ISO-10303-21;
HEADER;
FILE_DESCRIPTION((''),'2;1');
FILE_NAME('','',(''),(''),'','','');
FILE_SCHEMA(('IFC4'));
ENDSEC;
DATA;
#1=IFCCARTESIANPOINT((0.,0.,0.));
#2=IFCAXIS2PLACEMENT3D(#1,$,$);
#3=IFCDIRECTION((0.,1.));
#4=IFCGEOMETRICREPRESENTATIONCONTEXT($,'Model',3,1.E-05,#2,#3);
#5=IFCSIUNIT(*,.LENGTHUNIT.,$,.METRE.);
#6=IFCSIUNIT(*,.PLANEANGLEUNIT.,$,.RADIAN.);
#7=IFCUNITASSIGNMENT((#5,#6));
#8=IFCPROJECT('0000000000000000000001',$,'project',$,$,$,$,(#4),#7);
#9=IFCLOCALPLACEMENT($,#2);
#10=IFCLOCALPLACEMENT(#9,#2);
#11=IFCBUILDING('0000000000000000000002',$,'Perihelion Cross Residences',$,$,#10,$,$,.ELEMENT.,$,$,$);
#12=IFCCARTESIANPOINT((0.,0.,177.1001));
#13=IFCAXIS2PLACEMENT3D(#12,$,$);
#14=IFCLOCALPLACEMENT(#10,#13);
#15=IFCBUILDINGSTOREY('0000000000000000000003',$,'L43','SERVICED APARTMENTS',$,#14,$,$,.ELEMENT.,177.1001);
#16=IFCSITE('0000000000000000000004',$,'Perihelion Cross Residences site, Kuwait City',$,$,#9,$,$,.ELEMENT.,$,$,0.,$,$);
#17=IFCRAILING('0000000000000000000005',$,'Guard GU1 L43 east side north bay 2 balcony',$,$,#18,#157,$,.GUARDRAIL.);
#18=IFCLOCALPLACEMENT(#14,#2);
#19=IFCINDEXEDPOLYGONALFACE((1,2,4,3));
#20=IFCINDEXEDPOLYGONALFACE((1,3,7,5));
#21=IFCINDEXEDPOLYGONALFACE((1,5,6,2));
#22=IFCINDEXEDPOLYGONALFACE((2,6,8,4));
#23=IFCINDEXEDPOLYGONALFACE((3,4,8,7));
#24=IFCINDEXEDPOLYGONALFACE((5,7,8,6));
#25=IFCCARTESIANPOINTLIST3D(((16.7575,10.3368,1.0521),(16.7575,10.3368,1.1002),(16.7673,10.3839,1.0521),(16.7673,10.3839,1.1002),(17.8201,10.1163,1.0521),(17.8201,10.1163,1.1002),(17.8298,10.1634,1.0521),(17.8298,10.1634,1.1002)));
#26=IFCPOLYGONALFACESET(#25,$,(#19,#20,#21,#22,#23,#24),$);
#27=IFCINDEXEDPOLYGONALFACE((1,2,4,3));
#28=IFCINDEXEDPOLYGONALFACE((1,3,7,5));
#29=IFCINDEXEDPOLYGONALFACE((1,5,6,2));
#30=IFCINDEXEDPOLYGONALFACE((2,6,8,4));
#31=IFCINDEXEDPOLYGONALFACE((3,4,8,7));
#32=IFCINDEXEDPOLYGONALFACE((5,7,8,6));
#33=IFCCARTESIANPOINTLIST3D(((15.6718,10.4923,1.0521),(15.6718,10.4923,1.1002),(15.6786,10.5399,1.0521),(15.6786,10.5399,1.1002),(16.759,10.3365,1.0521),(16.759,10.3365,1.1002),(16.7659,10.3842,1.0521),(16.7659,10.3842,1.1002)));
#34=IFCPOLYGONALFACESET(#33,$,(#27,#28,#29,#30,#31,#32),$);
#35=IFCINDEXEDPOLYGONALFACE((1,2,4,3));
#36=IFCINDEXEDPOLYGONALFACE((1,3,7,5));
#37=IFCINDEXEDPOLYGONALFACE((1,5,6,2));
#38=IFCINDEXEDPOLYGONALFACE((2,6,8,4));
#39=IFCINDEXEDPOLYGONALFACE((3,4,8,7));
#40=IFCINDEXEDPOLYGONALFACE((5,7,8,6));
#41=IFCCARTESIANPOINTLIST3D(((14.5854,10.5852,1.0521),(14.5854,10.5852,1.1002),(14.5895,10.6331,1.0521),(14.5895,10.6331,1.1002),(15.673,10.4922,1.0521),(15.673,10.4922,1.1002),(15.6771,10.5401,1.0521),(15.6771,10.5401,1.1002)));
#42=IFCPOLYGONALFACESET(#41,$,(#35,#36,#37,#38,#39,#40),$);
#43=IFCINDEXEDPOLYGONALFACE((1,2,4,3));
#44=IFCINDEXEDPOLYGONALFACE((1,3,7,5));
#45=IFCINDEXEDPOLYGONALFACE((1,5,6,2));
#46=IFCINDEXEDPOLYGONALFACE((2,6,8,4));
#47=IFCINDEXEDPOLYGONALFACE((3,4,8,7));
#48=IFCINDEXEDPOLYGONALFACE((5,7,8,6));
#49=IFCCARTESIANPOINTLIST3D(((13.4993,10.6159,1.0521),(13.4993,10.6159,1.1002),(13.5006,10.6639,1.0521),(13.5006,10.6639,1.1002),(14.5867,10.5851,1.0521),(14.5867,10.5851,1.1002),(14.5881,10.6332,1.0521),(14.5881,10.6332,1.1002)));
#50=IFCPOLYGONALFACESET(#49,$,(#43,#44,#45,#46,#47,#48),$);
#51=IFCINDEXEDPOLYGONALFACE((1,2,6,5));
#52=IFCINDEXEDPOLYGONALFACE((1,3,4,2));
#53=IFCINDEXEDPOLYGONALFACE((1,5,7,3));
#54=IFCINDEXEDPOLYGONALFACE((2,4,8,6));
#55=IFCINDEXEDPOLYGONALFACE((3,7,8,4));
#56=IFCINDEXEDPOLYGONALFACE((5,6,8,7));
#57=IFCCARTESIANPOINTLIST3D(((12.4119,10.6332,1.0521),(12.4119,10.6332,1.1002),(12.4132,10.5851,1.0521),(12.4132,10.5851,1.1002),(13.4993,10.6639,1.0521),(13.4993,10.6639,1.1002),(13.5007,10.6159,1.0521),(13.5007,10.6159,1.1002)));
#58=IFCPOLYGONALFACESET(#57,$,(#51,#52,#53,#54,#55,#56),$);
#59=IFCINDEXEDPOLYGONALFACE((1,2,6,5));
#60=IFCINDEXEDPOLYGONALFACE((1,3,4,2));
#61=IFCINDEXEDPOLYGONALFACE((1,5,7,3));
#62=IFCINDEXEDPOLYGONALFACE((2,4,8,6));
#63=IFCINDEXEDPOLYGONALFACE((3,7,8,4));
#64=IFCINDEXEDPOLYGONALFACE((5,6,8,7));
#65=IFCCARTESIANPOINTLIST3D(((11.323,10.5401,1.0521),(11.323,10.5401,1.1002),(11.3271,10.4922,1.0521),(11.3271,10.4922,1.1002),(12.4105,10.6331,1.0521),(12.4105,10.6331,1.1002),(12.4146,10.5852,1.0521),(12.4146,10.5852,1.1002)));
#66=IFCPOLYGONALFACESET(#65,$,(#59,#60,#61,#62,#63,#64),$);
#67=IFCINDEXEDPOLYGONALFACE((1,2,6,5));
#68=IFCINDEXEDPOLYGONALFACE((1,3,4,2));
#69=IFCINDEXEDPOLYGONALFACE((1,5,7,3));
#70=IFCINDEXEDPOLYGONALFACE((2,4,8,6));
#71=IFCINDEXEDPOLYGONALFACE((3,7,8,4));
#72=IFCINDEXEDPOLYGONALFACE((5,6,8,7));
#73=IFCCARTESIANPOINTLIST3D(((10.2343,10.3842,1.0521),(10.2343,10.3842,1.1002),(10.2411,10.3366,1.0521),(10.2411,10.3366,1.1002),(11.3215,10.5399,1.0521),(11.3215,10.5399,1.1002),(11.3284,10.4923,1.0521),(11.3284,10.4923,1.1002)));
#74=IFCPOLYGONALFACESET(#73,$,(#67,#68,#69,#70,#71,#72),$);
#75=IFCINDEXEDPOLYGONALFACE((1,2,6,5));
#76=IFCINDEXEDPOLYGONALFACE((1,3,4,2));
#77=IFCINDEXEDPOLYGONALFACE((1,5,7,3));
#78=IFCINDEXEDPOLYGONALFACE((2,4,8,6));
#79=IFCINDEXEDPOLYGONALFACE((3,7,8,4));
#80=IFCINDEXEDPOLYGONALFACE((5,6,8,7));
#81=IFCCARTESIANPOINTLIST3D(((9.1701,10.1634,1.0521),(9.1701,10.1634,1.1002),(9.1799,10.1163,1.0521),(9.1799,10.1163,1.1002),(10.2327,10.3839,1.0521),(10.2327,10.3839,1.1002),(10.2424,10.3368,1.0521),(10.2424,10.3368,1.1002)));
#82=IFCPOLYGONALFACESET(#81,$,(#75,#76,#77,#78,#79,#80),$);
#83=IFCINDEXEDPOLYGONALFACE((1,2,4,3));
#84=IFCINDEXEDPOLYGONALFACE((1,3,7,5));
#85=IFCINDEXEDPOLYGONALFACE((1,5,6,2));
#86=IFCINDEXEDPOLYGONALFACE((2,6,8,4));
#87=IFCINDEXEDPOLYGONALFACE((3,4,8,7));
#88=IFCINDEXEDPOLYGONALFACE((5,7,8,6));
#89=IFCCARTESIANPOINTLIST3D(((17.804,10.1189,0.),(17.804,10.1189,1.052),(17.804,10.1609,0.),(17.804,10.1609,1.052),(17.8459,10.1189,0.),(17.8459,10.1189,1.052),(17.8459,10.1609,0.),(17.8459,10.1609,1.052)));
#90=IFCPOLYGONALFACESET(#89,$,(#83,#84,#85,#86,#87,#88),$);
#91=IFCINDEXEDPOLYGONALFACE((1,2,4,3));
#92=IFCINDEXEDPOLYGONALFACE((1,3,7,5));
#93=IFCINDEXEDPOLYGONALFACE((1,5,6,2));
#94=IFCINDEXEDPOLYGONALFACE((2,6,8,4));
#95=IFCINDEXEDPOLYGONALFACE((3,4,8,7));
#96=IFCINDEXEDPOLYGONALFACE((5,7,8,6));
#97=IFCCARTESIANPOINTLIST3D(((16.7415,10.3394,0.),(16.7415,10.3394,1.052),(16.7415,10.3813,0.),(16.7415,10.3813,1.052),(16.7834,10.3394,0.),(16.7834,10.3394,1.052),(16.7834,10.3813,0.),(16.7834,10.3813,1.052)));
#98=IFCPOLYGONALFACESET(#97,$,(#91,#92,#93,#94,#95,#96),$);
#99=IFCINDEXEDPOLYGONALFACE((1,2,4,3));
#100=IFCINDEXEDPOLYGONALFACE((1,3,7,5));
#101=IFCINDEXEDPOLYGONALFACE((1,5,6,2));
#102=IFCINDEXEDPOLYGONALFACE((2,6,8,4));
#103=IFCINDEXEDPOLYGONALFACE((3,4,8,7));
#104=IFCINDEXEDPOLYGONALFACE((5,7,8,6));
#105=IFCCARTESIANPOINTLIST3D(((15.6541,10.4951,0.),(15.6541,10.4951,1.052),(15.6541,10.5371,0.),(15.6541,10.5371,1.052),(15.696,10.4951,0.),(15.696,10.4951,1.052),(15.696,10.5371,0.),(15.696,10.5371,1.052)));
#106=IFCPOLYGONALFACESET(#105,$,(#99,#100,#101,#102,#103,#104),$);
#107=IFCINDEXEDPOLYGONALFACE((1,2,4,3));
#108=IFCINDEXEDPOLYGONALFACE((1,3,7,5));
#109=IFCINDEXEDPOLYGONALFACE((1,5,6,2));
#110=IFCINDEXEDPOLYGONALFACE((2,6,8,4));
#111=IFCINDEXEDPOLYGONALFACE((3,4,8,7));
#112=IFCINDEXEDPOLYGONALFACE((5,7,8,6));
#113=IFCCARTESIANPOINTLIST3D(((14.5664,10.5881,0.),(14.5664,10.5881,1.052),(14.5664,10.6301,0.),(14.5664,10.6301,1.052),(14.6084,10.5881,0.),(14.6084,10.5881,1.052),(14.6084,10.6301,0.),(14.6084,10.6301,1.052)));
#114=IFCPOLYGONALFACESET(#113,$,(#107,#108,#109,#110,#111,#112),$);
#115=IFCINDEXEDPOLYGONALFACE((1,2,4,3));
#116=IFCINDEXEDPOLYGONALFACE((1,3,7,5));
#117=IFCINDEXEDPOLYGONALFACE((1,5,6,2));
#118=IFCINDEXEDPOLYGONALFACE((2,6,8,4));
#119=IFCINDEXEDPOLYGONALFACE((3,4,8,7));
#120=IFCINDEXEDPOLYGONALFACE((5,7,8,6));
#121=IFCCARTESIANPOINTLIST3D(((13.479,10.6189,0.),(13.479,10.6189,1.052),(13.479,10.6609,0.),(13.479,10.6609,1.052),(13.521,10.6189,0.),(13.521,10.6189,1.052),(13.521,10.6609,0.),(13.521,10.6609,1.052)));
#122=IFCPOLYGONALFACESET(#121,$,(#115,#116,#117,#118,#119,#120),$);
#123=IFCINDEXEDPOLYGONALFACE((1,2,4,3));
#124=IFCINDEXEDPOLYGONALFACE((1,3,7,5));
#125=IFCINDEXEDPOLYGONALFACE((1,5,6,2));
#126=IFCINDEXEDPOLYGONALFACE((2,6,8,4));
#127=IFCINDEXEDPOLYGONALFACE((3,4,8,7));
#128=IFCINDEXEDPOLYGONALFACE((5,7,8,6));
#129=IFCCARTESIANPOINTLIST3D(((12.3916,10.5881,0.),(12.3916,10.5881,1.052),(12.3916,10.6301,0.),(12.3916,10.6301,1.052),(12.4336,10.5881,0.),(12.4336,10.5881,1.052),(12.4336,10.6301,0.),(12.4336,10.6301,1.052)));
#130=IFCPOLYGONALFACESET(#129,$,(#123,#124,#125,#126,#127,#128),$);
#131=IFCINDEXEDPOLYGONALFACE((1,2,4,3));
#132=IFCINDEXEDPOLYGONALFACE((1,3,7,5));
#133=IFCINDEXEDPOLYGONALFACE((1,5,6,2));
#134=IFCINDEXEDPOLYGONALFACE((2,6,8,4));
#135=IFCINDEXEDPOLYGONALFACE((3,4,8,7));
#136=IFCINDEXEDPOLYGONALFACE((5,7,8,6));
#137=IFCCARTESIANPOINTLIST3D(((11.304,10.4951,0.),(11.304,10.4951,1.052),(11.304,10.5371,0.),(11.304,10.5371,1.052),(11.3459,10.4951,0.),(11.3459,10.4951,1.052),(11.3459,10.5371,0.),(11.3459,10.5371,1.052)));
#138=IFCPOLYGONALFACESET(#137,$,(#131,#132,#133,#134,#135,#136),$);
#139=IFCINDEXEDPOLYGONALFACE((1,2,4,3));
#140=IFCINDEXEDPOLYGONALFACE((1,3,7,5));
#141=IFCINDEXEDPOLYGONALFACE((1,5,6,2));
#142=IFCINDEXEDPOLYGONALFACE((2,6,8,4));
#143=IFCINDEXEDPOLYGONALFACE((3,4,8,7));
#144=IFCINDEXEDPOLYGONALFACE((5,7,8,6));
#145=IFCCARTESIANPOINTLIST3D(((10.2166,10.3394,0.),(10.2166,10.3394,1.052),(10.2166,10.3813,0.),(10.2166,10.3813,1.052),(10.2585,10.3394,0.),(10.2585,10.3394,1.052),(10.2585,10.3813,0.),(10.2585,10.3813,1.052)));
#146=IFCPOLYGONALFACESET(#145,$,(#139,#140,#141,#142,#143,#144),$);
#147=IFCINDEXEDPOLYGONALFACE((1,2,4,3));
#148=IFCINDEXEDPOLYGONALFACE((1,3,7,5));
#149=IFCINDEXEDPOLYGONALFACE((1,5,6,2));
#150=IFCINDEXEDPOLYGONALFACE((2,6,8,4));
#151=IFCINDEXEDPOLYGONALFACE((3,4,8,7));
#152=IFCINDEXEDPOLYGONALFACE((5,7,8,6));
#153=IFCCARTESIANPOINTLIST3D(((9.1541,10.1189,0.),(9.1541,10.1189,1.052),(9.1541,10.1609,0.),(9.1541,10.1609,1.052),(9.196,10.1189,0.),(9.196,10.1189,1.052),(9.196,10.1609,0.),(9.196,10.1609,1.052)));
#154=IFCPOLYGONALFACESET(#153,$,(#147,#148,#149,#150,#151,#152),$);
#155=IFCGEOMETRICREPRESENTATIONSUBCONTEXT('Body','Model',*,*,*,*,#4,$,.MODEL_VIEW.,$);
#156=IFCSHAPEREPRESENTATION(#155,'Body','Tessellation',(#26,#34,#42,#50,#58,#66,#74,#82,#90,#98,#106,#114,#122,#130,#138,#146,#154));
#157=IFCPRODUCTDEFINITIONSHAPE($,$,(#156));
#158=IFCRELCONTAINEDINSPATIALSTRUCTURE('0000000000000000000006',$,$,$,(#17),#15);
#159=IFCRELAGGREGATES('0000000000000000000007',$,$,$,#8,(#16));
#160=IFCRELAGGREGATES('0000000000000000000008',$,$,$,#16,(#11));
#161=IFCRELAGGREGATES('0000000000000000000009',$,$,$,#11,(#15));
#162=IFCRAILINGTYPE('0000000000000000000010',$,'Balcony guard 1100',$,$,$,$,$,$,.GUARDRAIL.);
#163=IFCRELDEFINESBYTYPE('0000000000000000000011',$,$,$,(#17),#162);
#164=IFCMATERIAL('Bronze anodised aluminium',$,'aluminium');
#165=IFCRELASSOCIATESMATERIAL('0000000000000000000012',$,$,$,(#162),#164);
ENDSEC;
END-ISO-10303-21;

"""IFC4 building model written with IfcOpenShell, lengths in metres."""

from ifc_helpers import new_model, si_unit, direction, frame, origin, origin_2d, place, context, subcontext, project, spatial, rectangle, extrude, material, type_object, element, save


model = new_model("IFC4")

# Units and contexts
model_context = context("Model", 3, precision=1e-05, world=origin(), true_north=direction((0.0, 1.0)))
body_context = subcontext(model_context, "Body", "Model", "MODEL_VIEW")
ifc_project = project(units=[si_unit("LENGTHUNIT", "METRE"), si_unit("PLANEANGLEUNIT", "RADIAN")], contexts=[model_context])

# Site, building, storey
site_placement = place(None, origin())
site = spatial("IfcSite", under=ifc_project, at=site_placement, Name="Perihelion Cross Residences site, Kuwait City", CompositionType="ELEMENT", RefElevation=0.0)
building_placement = place(site_placement, origin())
building = spatial("IfcBuilding", under=site, at=building_placement, Name="Perihelion Cross Residences", CompositionType="ELEMENT")
storey_placement = place(building_placement, frame((0.0, 0.0, 177.1001)))
storey = spatial("IfcBuildingStorey", under=building, at=storey_placement, Name="L43", Description="SERVICED APARTMENTS", CompositionType="ELEMENT", Elevation=177.1001)

# Railing
ifc_material_1 = material(Name="Bronze anodised aluminium", Category="aluminium")
railing_type = type_object("IfcRailingType", Name="Balcony guard 1100", PredefinedType="GUARDRAIL", material=ifc_material_1)
railing_placement = place(storey_placement, frame((17.825, 10.1399, 0.0)))
element("IfcRailing", 1, at=railing_placement, inside=storey, type_object=railing_type, Name="Guard GU1 L43 east side north bay 2 balcony", PredefinedType="GUARDRAIL", context=body_context, shape_type="SweptSolid", body=[
    extrude(rectangle(XDim=0.0481, YDim=0.0481, at=origin_2d()), frame((0.0, 0.0, 1.0762), z_axis=(-0.979145, 0.203164, 0.0), x_axis=(-0.203164, -0.979145, 0.0)), (0.0, 0.0, 1.0), 1.0852),
    extrude(rectangle(XDim=0.0481, YDim=0.0481, at=origin_2d()), frame((-1.0625, 0.2205, 1.0762), z_axis=(-0.989896, 0.141795, 0.0), x_axis=(-0.141795, -0.989896, 0.0)), (0.0, 0.0, 1.0), 1.0984),
    extrude(rectangle(XDim=0.0481, YDim=0.0481, at=origin_2d()), frame((-2.1499, 0.3762, 1.0762), z_axis=(-0.996363, 0.085211, 0.0), x_axis=(-0.085211, -0.996363, 0.0)), (0.0, 0.0, 1.0), 1.0916),
    extrude(rectangle(XDim=0.0481, YDim=0.0481, at=origin_2d()), frame((-3.2375, 0.4692, 1.0762), z_axis=(-0.9996, 0.028278, 0.0), x_axis=(-0.028278, -0.9996, 0.0)), (0.0, 0.0, 1.0), 1.0879),
    extrude(rectangle(XDim=0.0481, YDim=0.0481, at=origin_2d()), frame((-4.325, 0.5, 1.0762), z_axis=(-0.9996, -0.028278, 0.0), x_axis=(0.028278, -0.9996, 0.0)), (0.0, 0.0, 1.0), 1.0879),
    extrude(rectangle(XDim=0.0481, YDim=0.0481, at=origin_2d()), frame((-5.4124, 0.4692, 1.0762), z_axis=(-0.996363, -0.085211, 0.0), x_axis=(0.085211, -0.996363, 0.0)), (0.0, 0.0, 1.0), 1.0916),
    extrude(rectangle(XDim=0.0481, YDim=0.0481, at=origin_2d()), frame((-6.5, 0.3762, 1.0762), z_axis=(-0.989896, -0.141795, 0.0), x_axis=(0.141795, -0.989896, 0.0)), (0.0, 0.0, 1.0), 1.0984),
    extrude(rectangle(XDim=0.0481, YDim=0.0481, at=origin_2d()), frame((-7.5874, 0.2205, 1.0762), z_axis=(-0.979145, -0.203164, 0.0), x_axis=(0.203164, -0.979145, 0.0)), (0.0, 0.0, 1.0), 1.0852),
    extrude(rectangle(XDim=0.042, YDim=0.042, at=origin_2d()), origin(), (0.0, 0.0, 1.0), 1.052),
    extrude(rectangle(XDim=0.042, YDim=0.042, at=origin_2d()), frame((-1.0625, 0.2205, 0.0)), (0.0, 0.0, 1.0), 1.052),
    extrude(rectangle(XDim=0.042, YDim=0.042, at=origin_2d()), frame((-2.1499, 0.3762, 0.0)), (0.0, 0.0, 1.0), 1.052),
    extrude(rectangle(XDim=0.042, YDim=0.042, at=origin_2d()), frame((-3.2375, 0.4692, 0.0)), (0.0, 0.0, 1.0), 1.052),
    extrude(rectangle(XDim=0.042, YDim=0.042, at=origin_2d()), frame((-4.325, 0.5, 0.0)), (0.0, 0.0, 1.0), 1.052),
    extrude(rectangle(XDim=0.042, YDim=0.042, at=origin_2d()), frame((-5.4124, 0.4692, 0.0)), (0.0, 0.0, 1.0), 1.052),
    extrude(rectangle(XDim=0.042, YDim=0.042, at=origin_2d()), frame((-6.5, 0.3762, 0.0)), (0.0, 0.0, 1.0), 1.052),
    extrude(rectangle(XDim=0.042, YDim=0.042, at=origin_2d()), frame((-7.5874, 0.2205, 0.0)), (0.0, 0.0, 1.0), 1.052),
    extrude(rectangle(XDim=0.042, YDim=0.042, at=origin_2d()), frame((-8.6499, 0.0, 0.0)), (0.0, 0.0, 1.0), 1.052),
])

save(model, "model.ifc")
